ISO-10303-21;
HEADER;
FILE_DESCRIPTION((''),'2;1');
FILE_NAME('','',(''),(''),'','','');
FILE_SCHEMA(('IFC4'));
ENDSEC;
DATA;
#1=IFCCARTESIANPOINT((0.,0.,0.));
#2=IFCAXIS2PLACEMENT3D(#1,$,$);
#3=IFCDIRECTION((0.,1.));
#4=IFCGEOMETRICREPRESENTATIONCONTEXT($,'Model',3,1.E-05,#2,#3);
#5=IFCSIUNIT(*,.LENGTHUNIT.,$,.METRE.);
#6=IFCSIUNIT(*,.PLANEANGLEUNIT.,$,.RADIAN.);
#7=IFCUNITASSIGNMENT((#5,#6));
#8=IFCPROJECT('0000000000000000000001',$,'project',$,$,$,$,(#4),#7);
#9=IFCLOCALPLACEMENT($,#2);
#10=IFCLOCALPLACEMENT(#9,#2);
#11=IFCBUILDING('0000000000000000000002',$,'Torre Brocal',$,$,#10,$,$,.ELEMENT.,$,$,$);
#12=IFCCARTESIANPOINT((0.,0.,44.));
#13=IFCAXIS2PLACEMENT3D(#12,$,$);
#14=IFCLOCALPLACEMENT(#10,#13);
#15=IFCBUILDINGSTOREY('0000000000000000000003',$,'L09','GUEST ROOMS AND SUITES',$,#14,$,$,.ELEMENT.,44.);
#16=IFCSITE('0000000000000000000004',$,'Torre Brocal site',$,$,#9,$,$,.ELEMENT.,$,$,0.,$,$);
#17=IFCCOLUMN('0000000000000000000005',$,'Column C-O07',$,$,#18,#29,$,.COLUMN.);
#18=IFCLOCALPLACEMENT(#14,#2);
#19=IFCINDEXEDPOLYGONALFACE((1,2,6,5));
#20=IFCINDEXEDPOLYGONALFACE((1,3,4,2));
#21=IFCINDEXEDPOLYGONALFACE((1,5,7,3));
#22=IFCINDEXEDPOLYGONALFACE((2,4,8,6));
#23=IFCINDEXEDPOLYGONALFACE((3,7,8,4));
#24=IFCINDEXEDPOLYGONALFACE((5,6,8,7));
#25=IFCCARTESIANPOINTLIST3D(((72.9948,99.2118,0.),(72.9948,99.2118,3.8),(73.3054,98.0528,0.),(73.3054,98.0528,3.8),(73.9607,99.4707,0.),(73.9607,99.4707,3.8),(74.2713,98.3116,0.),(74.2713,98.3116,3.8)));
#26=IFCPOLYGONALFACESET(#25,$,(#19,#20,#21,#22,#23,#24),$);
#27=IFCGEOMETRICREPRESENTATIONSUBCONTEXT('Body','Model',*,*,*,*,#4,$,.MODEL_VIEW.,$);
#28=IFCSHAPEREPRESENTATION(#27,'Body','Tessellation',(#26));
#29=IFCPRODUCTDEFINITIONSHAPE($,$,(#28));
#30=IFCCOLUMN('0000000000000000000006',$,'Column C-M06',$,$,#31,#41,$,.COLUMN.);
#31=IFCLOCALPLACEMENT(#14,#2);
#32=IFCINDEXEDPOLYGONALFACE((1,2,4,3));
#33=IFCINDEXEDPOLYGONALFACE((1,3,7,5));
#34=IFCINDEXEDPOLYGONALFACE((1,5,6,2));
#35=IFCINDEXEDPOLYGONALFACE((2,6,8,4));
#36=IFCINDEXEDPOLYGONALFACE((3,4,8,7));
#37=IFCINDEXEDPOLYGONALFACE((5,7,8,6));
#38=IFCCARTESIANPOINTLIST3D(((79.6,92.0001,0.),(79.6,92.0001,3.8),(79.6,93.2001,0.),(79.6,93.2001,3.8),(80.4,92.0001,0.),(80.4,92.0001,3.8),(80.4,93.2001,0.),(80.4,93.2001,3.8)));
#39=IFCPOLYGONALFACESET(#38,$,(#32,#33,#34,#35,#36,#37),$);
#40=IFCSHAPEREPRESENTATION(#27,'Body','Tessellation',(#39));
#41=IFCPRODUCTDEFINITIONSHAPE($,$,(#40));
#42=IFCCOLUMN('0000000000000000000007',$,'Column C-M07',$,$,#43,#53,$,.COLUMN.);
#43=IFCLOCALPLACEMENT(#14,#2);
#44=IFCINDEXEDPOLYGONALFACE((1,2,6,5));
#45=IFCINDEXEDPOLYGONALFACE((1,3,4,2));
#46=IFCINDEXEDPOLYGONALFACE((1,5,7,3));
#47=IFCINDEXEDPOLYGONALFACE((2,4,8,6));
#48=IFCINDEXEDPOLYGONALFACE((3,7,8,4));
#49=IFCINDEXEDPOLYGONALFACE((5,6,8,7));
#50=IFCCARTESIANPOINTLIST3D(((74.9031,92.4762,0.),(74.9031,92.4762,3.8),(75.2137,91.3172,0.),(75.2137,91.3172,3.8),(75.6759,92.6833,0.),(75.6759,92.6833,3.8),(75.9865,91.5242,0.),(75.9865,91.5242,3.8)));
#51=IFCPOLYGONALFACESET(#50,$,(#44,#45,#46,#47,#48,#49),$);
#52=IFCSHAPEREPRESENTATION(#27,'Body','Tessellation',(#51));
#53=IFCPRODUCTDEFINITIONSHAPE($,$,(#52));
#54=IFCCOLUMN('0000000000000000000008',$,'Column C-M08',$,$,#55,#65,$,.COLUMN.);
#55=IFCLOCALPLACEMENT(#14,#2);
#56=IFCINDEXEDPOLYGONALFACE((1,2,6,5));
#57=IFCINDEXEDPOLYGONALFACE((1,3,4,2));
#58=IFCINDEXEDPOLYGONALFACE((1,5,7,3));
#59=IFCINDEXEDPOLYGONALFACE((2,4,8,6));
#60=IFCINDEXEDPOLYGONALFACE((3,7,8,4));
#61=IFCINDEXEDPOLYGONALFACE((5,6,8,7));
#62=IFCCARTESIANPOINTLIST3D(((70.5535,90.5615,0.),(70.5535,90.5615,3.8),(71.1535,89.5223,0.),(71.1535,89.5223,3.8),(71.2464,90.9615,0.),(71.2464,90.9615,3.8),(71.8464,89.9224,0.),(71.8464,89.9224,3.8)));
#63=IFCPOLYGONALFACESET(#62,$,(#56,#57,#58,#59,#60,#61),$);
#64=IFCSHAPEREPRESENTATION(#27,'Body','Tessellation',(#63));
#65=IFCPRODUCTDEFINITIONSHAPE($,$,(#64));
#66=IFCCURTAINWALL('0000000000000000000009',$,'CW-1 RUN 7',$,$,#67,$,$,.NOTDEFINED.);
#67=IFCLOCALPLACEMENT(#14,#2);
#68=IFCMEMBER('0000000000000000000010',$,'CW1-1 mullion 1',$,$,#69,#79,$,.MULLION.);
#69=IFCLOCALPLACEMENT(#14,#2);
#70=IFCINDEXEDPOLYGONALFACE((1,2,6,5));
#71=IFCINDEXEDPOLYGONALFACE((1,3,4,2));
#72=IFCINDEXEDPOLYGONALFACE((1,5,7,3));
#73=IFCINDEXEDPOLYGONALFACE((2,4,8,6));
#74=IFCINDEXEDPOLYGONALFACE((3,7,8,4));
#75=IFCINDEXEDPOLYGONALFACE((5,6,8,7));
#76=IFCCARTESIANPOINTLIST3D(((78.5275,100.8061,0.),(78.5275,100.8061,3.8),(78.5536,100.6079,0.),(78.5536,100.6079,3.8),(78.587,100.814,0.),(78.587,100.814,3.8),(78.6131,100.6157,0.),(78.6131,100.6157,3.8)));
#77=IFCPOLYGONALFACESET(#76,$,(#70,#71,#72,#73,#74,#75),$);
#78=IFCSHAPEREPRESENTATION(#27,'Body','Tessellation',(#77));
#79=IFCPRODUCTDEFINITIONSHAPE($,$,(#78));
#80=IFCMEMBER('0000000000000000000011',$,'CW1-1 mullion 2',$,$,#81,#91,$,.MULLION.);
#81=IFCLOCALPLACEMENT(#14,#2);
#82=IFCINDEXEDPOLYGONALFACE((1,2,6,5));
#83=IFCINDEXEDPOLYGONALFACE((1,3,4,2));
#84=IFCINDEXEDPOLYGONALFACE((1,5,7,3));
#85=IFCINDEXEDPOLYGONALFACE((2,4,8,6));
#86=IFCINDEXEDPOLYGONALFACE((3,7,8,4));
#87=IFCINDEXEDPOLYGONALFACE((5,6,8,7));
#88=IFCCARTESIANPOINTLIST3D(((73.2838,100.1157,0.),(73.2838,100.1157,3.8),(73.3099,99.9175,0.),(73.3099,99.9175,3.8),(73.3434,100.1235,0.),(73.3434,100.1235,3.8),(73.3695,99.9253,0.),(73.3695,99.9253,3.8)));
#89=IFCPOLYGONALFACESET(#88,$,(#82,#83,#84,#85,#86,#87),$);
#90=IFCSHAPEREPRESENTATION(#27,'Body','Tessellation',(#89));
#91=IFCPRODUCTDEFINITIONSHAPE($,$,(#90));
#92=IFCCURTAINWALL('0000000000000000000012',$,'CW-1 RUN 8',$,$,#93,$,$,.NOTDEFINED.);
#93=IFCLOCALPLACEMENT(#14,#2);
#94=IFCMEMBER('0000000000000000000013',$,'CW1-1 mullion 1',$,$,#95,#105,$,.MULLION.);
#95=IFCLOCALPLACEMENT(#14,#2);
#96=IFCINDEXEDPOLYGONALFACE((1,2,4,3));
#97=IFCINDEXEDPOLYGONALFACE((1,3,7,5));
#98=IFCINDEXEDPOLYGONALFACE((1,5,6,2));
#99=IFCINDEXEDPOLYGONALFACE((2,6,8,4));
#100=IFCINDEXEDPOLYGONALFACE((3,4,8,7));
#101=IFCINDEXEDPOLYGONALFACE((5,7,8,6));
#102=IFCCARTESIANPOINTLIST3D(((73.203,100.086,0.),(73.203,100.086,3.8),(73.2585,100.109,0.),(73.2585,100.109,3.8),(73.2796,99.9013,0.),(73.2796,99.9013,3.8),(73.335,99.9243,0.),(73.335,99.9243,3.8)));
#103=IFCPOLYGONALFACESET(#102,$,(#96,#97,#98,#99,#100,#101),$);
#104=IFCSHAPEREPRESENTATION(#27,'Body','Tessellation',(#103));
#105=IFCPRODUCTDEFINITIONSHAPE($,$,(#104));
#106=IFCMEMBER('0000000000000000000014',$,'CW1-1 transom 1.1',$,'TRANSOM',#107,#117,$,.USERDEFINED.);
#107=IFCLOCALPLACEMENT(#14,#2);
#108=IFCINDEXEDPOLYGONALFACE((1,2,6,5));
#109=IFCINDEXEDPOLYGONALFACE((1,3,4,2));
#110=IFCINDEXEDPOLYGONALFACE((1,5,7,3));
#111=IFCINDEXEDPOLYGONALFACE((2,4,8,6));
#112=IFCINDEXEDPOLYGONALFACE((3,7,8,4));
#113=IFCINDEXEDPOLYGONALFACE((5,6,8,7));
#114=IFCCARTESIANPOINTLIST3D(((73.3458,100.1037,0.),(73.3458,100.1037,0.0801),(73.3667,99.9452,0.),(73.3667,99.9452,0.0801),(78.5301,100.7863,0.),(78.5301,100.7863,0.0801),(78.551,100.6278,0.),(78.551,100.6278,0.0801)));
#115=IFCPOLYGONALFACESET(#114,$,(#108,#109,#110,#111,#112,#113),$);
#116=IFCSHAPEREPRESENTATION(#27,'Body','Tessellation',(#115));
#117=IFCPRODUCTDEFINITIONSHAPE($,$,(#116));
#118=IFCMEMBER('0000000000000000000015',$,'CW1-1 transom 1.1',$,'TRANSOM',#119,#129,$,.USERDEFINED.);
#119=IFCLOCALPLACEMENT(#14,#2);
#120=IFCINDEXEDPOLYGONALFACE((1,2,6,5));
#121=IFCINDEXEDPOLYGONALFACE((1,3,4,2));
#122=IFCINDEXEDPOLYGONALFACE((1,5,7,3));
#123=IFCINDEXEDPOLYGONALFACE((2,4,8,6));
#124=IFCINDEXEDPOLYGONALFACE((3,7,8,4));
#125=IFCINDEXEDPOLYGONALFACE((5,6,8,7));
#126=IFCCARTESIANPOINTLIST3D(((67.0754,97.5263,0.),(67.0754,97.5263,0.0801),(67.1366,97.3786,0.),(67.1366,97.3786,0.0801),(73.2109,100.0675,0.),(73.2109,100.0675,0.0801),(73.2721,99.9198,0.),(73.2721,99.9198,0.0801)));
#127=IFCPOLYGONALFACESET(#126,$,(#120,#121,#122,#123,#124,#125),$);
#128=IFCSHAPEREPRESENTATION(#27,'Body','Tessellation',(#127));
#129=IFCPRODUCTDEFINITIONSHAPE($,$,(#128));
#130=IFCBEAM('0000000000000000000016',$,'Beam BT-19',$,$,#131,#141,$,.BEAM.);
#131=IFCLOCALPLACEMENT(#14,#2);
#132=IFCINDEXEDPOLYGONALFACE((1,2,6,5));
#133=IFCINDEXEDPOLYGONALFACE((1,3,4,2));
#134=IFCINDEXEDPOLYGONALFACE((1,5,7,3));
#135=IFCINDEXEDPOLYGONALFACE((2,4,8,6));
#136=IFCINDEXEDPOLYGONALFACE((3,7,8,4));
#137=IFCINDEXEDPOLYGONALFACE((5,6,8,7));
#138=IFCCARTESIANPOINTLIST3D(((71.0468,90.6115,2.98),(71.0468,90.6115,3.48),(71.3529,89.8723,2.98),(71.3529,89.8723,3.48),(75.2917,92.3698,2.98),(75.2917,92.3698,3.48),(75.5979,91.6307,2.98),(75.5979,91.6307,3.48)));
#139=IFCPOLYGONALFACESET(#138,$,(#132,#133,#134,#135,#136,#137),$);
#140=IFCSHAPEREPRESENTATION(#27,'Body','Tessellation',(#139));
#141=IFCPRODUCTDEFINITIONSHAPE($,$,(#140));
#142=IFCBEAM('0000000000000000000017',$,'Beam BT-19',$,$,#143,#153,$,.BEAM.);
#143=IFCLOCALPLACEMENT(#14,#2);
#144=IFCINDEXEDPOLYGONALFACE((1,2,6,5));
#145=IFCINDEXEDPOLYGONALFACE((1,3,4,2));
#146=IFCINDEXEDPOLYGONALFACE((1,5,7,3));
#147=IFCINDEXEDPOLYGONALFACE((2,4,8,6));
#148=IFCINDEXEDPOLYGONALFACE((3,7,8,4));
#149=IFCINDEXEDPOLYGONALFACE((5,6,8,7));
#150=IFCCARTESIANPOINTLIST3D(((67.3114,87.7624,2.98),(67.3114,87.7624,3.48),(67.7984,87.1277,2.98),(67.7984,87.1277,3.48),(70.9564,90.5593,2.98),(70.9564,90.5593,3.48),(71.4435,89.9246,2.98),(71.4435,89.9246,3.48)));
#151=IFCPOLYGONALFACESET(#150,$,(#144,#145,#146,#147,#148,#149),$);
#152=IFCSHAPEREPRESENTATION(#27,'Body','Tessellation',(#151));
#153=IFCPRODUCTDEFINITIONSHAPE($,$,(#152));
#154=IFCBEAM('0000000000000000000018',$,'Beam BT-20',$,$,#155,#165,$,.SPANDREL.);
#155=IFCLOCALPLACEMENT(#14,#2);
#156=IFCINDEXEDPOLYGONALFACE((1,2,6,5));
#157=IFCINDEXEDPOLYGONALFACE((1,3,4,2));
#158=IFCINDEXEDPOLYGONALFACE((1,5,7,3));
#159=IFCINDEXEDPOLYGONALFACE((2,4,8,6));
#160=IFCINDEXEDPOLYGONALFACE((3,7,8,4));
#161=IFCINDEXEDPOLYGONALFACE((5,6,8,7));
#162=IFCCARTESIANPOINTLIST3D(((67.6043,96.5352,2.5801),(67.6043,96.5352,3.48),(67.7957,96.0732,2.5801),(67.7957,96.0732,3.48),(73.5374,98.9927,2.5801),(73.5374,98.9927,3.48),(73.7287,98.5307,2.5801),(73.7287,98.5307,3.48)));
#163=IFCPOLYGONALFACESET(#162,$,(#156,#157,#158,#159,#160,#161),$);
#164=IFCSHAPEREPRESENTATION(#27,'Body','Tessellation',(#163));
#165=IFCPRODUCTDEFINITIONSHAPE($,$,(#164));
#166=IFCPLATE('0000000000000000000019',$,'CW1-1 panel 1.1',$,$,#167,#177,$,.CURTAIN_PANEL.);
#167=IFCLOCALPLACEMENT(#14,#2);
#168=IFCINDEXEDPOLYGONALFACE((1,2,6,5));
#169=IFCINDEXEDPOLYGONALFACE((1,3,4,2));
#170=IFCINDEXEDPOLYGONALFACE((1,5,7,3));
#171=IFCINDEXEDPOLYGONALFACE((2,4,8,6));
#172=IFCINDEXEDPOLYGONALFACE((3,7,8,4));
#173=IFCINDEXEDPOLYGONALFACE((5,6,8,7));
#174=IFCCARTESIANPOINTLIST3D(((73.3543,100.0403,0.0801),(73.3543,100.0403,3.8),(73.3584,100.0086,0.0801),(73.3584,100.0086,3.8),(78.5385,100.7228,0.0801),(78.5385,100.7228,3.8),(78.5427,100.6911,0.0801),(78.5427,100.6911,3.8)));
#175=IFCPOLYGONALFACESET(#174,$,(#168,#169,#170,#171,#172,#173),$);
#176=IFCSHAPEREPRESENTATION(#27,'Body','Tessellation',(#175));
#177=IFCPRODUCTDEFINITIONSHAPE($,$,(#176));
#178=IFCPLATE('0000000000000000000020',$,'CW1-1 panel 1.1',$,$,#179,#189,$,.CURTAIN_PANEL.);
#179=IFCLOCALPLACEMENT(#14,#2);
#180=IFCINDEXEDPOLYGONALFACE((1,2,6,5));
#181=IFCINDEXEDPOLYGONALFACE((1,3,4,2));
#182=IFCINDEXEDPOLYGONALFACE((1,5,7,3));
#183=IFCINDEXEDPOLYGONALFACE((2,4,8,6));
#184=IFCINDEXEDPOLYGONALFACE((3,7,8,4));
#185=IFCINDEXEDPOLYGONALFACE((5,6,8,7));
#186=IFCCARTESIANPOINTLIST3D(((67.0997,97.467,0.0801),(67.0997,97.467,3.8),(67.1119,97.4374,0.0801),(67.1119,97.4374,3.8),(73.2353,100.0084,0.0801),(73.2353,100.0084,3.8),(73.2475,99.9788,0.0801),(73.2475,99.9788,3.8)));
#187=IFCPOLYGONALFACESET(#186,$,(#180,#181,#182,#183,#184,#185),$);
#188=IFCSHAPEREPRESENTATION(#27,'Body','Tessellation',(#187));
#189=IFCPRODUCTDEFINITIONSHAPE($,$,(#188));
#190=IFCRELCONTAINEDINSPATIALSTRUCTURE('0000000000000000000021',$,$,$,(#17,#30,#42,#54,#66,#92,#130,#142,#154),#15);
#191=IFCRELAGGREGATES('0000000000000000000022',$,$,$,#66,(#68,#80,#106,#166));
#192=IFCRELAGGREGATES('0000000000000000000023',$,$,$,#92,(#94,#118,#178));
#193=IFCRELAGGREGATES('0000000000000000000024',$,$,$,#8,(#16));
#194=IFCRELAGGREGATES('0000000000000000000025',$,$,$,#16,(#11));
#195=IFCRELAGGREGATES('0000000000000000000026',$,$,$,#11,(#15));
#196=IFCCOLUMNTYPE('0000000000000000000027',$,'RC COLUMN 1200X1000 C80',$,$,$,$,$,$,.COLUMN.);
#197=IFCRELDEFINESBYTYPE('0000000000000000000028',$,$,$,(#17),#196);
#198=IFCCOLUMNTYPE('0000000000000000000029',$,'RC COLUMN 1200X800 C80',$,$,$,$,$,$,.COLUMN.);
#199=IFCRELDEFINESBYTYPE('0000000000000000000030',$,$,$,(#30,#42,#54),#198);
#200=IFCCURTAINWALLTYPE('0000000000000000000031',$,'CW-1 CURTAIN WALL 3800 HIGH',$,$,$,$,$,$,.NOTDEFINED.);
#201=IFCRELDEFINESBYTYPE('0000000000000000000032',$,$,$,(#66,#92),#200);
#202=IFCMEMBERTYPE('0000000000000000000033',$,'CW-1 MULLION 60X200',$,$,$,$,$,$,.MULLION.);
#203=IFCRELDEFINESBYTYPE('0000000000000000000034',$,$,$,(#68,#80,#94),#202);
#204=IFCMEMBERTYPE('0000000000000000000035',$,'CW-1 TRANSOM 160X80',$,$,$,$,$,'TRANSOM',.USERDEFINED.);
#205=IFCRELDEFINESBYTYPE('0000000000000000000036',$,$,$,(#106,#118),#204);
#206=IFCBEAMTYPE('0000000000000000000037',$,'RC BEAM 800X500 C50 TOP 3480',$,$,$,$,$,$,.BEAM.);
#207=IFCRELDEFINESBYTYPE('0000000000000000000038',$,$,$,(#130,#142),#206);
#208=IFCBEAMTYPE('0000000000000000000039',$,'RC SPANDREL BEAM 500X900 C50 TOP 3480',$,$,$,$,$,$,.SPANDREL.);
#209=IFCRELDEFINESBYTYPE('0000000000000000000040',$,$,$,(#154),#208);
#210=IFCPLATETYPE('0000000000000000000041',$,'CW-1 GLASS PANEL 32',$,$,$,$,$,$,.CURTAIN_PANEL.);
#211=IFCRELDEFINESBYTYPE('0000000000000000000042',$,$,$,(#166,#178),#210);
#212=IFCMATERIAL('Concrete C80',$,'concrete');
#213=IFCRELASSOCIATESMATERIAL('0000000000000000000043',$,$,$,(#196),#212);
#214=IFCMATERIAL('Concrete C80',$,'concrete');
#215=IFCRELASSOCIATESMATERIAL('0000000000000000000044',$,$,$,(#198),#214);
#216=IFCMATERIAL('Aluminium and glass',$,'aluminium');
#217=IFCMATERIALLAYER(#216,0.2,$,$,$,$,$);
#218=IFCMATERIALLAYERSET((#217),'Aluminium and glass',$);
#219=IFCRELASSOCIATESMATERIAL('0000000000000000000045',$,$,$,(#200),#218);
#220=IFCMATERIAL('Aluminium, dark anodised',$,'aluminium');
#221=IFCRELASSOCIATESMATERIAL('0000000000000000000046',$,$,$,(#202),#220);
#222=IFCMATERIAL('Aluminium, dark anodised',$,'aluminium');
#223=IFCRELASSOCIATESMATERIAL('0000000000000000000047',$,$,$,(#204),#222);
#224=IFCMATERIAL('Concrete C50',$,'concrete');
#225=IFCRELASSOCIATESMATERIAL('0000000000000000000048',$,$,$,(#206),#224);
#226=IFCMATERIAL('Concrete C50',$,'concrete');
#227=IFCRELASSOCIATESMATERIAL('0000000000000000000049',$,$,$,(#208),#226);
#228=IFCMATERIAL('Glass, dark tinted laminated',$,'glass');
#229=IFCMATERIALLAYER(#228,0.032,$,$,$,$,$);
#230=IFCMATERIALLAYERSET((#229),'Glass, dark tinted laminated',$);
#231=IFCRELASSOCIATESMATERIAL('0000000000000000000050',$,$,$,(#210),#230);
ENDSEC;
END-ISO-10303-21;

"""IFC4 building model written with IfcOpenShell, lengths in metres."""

from ifc_helpers import new_model, si_unit, direction, frame, origin, origin_2d, place, context, subcontext, project, spatial, rectangle, extrude, material, layer, layer_set, material_profile, profile_set, type_object, element, aggregate, save


model = new_model("IFC4")

# Units and contexts
model_context = context("Model", 3, precision=1e-05, world=origin(), true_north=direction((0.0, 1.0)))
body_context = subcontext(model_context, "Body", "Model", "MODEL_VIEW")
ifc_project = project(units=[si_unit("LENGTHUNIT", "METRE"), si_unit("PLANEANGLEUNIT", "RADIAN")], contexts=[model_context])

# Site, building, storey
site_placement = place(None, origin())
site = spatial("IfcSite", under=ifc_project, at=site_placement, Name="Torre Brocal site", CompositionType="ELEMENT", RefElevation=0.0)
building_placement = place(site_placement, origin())
building = spatial("IfcBuilding", under=site, at=building_placement, Name="Torre Brocal", CompositionType="ELEMENT")
storey_placement = place(building_placement, frame((0.0, 0.0, 44.0)))
storey = spatial("IfcBuildingStorey", under=building, at=storey_placement, Name="L09", Description="GUEST ROOMS AND SUITES", CompositionType="ELEMENT", Elevation=44.0)

# Columns
ifc_material_1 = material(Name="Concrete C80", Category="concrete")
ifc_material_profile_1 = material_profile(ifc_material_1, rectangle(XDim=1.2, YDim=1.0, at=origin_2d()), Name="RC 1200X1000")
ifc_profile_set_1 = profile_set([ifc_material_profile_1], Name="Concrete C80")
column_type_1 = type_object("IfcColumnType", Name="RC COLUMN 1200X1000 C80", PredefinedType="COLUMN", material=ifc_profile_set_1)
column_placement = place(storey_placement, frame((73.6331, 98.7617, 0.0), z_axis=(0.0, 0.0, 1.0), x_axis=(-0.258819, 0.965926, 0.0)))
element("IfcColumn", 1, at=column_placement, inside=storey, type_object=column_type_1, Name="Column C-O07", PredefinedType="COLUMN", context=body_context, shape_type="SweptSolid", body=[
    extrude(rectangle(XDim=1.2, YDim=1.0, at=origin_2d()), origin(), (0.0, 0.0, 1.0), 3.8),
])
ifc_material_2 = material(Name="Concrete C80", Category="concrete")
ifc_material_profile_2 = material_profile(ifc_material_2, rectangle(XDim=1.2, YDim=0.8, at=origin_2d()), Name="RC 1200X800")
ifc_profile_set_2 = profile_set([ifc_material_profile_2], Name="Concrete C80")
column_type_2 = type_object("IfcColumnType", Name="RC COLUMN 1200X800 C80", PredefinedType="COLUMN", material=ifc_profile_set_2)
for number, where, z_axis, x_axis, name in (
    (2, (80.0, 92.6001, 0.0), (0.0, 0.0, 1.0), (0.0, 1.0, 0.0), "Column C-M06"),
    (3, (75.4448, 92.0002, 0.0), (0.0, 0.0, 1.0), (-0.258819, 0.965926, 0.0), "Column C-M07"),
    (4, (71.2, 90.2419, 0.0), (0.0, 0.0, 1.0), (-0.5, 0.866025, 0.0), "Column C-M08"),
):
    element("IfcColumn", number, at=place(storey_placement, frame(where, z_axis=z_axis, x_axis=x_axis)), inside=storey, type_object=column_type_2, Name=name, PredefinedType="COLUMN", context=body_context, shape_type="SweptSolid", body=[
        extrude(rectangle(XDim=1.2, YDim=0.8, at=origin_2d()), origin(), (0.0, 0.0, 1.0), 3.8),
    ])

# Curtain wall, members
ifc_material_3 = material(Name="Aluminium and glass", Category="aluminium")
ifc_layer_1 = layer(ifc_material_3, 0.2)
ifc_layer_set_1 = layer_set([ifc_layer_1], Name="Aluminium and glass")
curtain_wall_type = type_object("IfcCurtainWallType", Name="CW-1 CURTAIN WALL 3800 HIGH", PredefinedType="NOTDEFINED", material=ifc_layer_set_1)
curtain_wall_1_placement = place(storey_placement, origin())
curtain_wall_1 = element("IfcCurtainWall", 5, at=curtain_wall_1_placement, inside=storey, type_object=curtain_wall_type, Name="CW-1 RUN 7", PredefinedType="NOTDEFINED")
ifc_material_4 = material(Name="Aluminium, dark anodised", Category="aluminium")
ifc_material_profile_3 = material_profile(ifc_material_4, rectangle(XDim=0.2, YDim=0.0601, at=origin_2d()), Name="CW-1 MULLION 60X200")
ifc_profile_set_3 = profile_set([ifc_material_profile_3], Name="Aluminium, dark anodised")
member_type_1 = type_object("IfcMemberType", Name="CW-1 MULLION 60X200", PredefinedType="MULLION", material=ifc_profile_set_3)
member_1_placement = place(storey_placement, frame((78.5703, 100.7109, 0.0), z_axis=(0.0, 0.0, 1.0), x_axis=(0.130526, -0.991445, 0.0)))
member_1 = element("IfcMember", 6, at=member_1_placement, type_object=member_type_1, Name="CW1-1 mullion 1", PredefinedType="MULLION", context=body_context, shape_type="SweptSolid", body=[
    extrude(rectangle(XDim=0.2, YDim=0.0601, at=origin_2d()), origin(), (0.0, 0.0, 1.0), 3.8),
])
member_2_placement = place(storey_placement, frame((73.3267, 100.0205, 0.0), z_axis=(0.0, 0.0, 1.0), x_axis=(0.130526, -0.991445, 0.0)))
member_2 = element("IfcMember", 7, at=member_2_placement, type_object=member_type_1, Name="CW1-1 mullion 2", PredefinedType="MULLION", context=body_context, shape_type="SweptSolid", body=[
    extrude(rectangle(XDim=0.2, YDim=0.0601, at=origin_2d()), origin(), (0.0, 0.0, 1.0), 3.8),
])

# Curtain wall, member
curtain_wall_2_placement = place(storey_placement, origin())
curtain_wall_2 = element("IfcCurtainWall", 8, at=curtain_wall_2_placement, inside=storey, type_object=curtain_wall_type, Name="CW-1 RUN 8", PredefinedType="NOTDEFINED")
member_3_placement = place(storey_placement, frame((73.269, 100.0051, 0.0), z_axis=(0.0, 0.0, 1.0), x_axis=(0.382683, -0.92388, 0.0)))
member_3 = element("IfcMember", 9, at=member_3_placement, type_object=member_type_1, Name="CW1-1 mullion 1", PredefinedType="MULLION", context=body_context, shape_type="SweptSolid", body=[
    extrude(rectangle(XDim=0.2, YDim=0.0601, at=origin_2d()), origin(), (0.0, 0.0, 1.0), 3.8),
])

# Members
ifc_material_5 = material(Name="Aluminium, dark anodised", Category="aluminium")
ifc_material_profile_4 = material_profile(ifc_material_5, rectangle(XDim=0.1599, YDim=0.0801, at=origin_2d()), Name="CW-1 TRANSOM 160X80")
ifc_profile_set_4 = profile_set([ifc_material_profile_4], Name="Aluminium, dark anodised")
member_type_2 = type_object("IfcMemberType", Name="CW-1 TRANSOM 160X80", ElementType="TRANSOM", PredefinedType="USERDEFINED", material=ifc_profile_set_4)
member_4_placement = place(storey_placement, frame((78.5405, 100.707, 0.04), z_axis=(-0.991443, -0.130543, 0.0), x_axis=(0.130543, -0.991443, 0.0)))
member_4 = element("IfcMember", 10, at=member_4_placement, type_object=member_type_2, Name="CW1-1 transom 1.1", ObjectType="TRANSOM", PredefinedType="USERDEFINED", context=body_context, shape_type="SweptSolid", body=[
    extrude(rectangle(XDim=0.1599, YDim=0.0801, at=origin_2d()), origin(), (0.0, 0.0, 1.0), 5.229),
])
member_5_placement = place(storey_placement, frame((73.2415, 99.9937, 0.04), z_axis=(-0.923887, -0.382665, 0.0), x_axis=(0.382665, -0.923887, 0.0)))
member_5 = element("IfcMember", 11, at=member_5_placement, type_object=member_type_2, Name="CW1-1 transom 1.1", ObjectType="TRANSOM", PredefinedType="USERDEFINED", context=body_context, shape_type="SweptSolid", body=[
    extrude(rectangle(XDim=0.1599, YDim=0.0801, at=origin_2d()), origin(), (0.0, 0.0, 1.0), 6.6409),
])

# Beams
ifc_material_6 = material(Name="Concrete C50", Category="concrete")
ifc_material_profile_5 = material_profile(ifc_material_6, rectangle(XDim=0.8, YDim=0.5, at=origin_2d()), Name="RC 800X500")
ifc_profile_set_5 = profile_set([ifc_material_profile_5], Name="Concrete C50")
beam_type_1 = type_object("IfcBeamType", Name="RC BEAM 800X500 C50 TOP 3480", PredefinedType="BEAM", material=ifc_profile_set_5)
beam_1_placement = place(storey_placement, frame((75.4448, 92.0002, 3.23), z_axis=(-0.923878, -0.382687, 0.0), x_axis=(0.382687, -0.923878, 0.0)))
element("IfcBeam", 12, at=beam_1_placement, inside=storey, type_object=beam_type_1, Name="Beam BT-19", PredefinedType="BEAM", context=body_context, shape_type="SweptSolid", body=[
    extrude(rectangle(XDim=0.8, YDim=0.5, at=origin_2d()), origin(), (0.0, 0.0, 1.0), 4.5947),
])
beam_2_placement = place(storey_placement, frame((71.2, 90.2419, 3.23), z_axis=(-0.793358, -0.608755, 0.0), x_axis=(0.608755, -0.793358, 0.0)))
element("IfcBeam", 13, at=beam_2_placement, inside=storey, type_object=beam_type_1, Name="Beam BT-19", PredefinedType="BEAM", context=body_context, shape_type="SweptSolid", body=[
    extrude(rectangle(XDim=0.8, YDim=0.5, at=origin_2d()), origin(), (0.0, 0.0, 1.0), 4.5945),
])
ifc_material_7 = material(Name="Concrete C50", Category="concrete")
ifc_material_profile_6 = material_profile(ifc_material_7, rectangle(XDim=0.5, YDim=0.8999, at=origin_2d()), Name="RC 500X900")
ifc_profile_set_6 = profile_set([ifc_material_profile_6], Name="Concrete C50")
beam_type_2 = type_object("IfcBeamType", Name="RC SPANDREL BEAM 500X900 C50 TOP 3480", PredefinedType="SPANDREL", material=ifc_profile_set_6)
beam_3_placement = place(storey_placement, frame((73.6331, 98.7617, 3.03), z_axis=(-0.923882, -0.382676, 0.0), x_axis=(0.382676, -0.923882, 0.0)))
element("IfcBeam", 14, at=beam_3_placement, inside=storey, type_object=beam_type_2, Name="Beam BT-20", PredefinedType="SPANDREL", context=body_context, shape_type="SweptSolid", body=[
    extrude(rectangle(XDim=0.5, YDim=0.8999, at=origin_2d()), origin(), (0.0, 0.0, 1.0), 6.4219),
])

# Plates
ifc_material_8 = material(Name="Glass, dark tinted laminated", Category="glass")
ifc_layer_2 = layer(ifc_material_8, 0.032)
ifc_layer_set_2 = layer_set([ifc_layer_2], Name="Glass, dark tinted laminated")
plate_type = type_object("IfcPlateType", Name="CW-1 GLASS PANEL 32", PredefinedType="CURTAIN_PANEL", material=ifc_layer_set_2)
plate_1_placement = place(storey_placement, frame((75.9485, 100.3657, 0.0801), z_axis=(0.0, 0.0, 1.0), x_axis=(-0.991445, -0.130526, 0.0)))
plate_1 = element("IfcPlate", 15, at=plate_1_placement, type_object=plate_type, Name="CW1-1 panel 1.1", PredefinedType="CURTAIN_PANEL", context=body_context, shape_type="SweptSolid", body=[
    extrude(rectangle(XDim=5.229, YDim=0.032, at=origin_2d()), origin(), (0.0, 0.0, 1.0), 3.72),
])
aggregate(curtain_wall_1, [member_1, member_2, member_4, plate_1])
plate_2_placement = place(storey_placement, frame((70.1736, 98.7229, 0.0801), z_axis=(0.0, 0.0, 1.0), x_axis=(-0.92388, -0.382683, 0.0)))
plate_2 = element("IfcPlate", 16, at=plate_2_placement, type_object=plate_type, Name="CW1-1 panel 1.1", PredefinedType="CURTAIN_PANEL", context=body_context, shape_type="SweptSolid", body=[
    extrude(rectangle(XDim=6.6411, YDim=0.032, at=origin_2d()), origin(), (0.0, 0.0, 1.0), 3.72),
])
aggregate(curtain_wall_2, [member_3, member_5, plate_2])

save(model, "model.ifc")
